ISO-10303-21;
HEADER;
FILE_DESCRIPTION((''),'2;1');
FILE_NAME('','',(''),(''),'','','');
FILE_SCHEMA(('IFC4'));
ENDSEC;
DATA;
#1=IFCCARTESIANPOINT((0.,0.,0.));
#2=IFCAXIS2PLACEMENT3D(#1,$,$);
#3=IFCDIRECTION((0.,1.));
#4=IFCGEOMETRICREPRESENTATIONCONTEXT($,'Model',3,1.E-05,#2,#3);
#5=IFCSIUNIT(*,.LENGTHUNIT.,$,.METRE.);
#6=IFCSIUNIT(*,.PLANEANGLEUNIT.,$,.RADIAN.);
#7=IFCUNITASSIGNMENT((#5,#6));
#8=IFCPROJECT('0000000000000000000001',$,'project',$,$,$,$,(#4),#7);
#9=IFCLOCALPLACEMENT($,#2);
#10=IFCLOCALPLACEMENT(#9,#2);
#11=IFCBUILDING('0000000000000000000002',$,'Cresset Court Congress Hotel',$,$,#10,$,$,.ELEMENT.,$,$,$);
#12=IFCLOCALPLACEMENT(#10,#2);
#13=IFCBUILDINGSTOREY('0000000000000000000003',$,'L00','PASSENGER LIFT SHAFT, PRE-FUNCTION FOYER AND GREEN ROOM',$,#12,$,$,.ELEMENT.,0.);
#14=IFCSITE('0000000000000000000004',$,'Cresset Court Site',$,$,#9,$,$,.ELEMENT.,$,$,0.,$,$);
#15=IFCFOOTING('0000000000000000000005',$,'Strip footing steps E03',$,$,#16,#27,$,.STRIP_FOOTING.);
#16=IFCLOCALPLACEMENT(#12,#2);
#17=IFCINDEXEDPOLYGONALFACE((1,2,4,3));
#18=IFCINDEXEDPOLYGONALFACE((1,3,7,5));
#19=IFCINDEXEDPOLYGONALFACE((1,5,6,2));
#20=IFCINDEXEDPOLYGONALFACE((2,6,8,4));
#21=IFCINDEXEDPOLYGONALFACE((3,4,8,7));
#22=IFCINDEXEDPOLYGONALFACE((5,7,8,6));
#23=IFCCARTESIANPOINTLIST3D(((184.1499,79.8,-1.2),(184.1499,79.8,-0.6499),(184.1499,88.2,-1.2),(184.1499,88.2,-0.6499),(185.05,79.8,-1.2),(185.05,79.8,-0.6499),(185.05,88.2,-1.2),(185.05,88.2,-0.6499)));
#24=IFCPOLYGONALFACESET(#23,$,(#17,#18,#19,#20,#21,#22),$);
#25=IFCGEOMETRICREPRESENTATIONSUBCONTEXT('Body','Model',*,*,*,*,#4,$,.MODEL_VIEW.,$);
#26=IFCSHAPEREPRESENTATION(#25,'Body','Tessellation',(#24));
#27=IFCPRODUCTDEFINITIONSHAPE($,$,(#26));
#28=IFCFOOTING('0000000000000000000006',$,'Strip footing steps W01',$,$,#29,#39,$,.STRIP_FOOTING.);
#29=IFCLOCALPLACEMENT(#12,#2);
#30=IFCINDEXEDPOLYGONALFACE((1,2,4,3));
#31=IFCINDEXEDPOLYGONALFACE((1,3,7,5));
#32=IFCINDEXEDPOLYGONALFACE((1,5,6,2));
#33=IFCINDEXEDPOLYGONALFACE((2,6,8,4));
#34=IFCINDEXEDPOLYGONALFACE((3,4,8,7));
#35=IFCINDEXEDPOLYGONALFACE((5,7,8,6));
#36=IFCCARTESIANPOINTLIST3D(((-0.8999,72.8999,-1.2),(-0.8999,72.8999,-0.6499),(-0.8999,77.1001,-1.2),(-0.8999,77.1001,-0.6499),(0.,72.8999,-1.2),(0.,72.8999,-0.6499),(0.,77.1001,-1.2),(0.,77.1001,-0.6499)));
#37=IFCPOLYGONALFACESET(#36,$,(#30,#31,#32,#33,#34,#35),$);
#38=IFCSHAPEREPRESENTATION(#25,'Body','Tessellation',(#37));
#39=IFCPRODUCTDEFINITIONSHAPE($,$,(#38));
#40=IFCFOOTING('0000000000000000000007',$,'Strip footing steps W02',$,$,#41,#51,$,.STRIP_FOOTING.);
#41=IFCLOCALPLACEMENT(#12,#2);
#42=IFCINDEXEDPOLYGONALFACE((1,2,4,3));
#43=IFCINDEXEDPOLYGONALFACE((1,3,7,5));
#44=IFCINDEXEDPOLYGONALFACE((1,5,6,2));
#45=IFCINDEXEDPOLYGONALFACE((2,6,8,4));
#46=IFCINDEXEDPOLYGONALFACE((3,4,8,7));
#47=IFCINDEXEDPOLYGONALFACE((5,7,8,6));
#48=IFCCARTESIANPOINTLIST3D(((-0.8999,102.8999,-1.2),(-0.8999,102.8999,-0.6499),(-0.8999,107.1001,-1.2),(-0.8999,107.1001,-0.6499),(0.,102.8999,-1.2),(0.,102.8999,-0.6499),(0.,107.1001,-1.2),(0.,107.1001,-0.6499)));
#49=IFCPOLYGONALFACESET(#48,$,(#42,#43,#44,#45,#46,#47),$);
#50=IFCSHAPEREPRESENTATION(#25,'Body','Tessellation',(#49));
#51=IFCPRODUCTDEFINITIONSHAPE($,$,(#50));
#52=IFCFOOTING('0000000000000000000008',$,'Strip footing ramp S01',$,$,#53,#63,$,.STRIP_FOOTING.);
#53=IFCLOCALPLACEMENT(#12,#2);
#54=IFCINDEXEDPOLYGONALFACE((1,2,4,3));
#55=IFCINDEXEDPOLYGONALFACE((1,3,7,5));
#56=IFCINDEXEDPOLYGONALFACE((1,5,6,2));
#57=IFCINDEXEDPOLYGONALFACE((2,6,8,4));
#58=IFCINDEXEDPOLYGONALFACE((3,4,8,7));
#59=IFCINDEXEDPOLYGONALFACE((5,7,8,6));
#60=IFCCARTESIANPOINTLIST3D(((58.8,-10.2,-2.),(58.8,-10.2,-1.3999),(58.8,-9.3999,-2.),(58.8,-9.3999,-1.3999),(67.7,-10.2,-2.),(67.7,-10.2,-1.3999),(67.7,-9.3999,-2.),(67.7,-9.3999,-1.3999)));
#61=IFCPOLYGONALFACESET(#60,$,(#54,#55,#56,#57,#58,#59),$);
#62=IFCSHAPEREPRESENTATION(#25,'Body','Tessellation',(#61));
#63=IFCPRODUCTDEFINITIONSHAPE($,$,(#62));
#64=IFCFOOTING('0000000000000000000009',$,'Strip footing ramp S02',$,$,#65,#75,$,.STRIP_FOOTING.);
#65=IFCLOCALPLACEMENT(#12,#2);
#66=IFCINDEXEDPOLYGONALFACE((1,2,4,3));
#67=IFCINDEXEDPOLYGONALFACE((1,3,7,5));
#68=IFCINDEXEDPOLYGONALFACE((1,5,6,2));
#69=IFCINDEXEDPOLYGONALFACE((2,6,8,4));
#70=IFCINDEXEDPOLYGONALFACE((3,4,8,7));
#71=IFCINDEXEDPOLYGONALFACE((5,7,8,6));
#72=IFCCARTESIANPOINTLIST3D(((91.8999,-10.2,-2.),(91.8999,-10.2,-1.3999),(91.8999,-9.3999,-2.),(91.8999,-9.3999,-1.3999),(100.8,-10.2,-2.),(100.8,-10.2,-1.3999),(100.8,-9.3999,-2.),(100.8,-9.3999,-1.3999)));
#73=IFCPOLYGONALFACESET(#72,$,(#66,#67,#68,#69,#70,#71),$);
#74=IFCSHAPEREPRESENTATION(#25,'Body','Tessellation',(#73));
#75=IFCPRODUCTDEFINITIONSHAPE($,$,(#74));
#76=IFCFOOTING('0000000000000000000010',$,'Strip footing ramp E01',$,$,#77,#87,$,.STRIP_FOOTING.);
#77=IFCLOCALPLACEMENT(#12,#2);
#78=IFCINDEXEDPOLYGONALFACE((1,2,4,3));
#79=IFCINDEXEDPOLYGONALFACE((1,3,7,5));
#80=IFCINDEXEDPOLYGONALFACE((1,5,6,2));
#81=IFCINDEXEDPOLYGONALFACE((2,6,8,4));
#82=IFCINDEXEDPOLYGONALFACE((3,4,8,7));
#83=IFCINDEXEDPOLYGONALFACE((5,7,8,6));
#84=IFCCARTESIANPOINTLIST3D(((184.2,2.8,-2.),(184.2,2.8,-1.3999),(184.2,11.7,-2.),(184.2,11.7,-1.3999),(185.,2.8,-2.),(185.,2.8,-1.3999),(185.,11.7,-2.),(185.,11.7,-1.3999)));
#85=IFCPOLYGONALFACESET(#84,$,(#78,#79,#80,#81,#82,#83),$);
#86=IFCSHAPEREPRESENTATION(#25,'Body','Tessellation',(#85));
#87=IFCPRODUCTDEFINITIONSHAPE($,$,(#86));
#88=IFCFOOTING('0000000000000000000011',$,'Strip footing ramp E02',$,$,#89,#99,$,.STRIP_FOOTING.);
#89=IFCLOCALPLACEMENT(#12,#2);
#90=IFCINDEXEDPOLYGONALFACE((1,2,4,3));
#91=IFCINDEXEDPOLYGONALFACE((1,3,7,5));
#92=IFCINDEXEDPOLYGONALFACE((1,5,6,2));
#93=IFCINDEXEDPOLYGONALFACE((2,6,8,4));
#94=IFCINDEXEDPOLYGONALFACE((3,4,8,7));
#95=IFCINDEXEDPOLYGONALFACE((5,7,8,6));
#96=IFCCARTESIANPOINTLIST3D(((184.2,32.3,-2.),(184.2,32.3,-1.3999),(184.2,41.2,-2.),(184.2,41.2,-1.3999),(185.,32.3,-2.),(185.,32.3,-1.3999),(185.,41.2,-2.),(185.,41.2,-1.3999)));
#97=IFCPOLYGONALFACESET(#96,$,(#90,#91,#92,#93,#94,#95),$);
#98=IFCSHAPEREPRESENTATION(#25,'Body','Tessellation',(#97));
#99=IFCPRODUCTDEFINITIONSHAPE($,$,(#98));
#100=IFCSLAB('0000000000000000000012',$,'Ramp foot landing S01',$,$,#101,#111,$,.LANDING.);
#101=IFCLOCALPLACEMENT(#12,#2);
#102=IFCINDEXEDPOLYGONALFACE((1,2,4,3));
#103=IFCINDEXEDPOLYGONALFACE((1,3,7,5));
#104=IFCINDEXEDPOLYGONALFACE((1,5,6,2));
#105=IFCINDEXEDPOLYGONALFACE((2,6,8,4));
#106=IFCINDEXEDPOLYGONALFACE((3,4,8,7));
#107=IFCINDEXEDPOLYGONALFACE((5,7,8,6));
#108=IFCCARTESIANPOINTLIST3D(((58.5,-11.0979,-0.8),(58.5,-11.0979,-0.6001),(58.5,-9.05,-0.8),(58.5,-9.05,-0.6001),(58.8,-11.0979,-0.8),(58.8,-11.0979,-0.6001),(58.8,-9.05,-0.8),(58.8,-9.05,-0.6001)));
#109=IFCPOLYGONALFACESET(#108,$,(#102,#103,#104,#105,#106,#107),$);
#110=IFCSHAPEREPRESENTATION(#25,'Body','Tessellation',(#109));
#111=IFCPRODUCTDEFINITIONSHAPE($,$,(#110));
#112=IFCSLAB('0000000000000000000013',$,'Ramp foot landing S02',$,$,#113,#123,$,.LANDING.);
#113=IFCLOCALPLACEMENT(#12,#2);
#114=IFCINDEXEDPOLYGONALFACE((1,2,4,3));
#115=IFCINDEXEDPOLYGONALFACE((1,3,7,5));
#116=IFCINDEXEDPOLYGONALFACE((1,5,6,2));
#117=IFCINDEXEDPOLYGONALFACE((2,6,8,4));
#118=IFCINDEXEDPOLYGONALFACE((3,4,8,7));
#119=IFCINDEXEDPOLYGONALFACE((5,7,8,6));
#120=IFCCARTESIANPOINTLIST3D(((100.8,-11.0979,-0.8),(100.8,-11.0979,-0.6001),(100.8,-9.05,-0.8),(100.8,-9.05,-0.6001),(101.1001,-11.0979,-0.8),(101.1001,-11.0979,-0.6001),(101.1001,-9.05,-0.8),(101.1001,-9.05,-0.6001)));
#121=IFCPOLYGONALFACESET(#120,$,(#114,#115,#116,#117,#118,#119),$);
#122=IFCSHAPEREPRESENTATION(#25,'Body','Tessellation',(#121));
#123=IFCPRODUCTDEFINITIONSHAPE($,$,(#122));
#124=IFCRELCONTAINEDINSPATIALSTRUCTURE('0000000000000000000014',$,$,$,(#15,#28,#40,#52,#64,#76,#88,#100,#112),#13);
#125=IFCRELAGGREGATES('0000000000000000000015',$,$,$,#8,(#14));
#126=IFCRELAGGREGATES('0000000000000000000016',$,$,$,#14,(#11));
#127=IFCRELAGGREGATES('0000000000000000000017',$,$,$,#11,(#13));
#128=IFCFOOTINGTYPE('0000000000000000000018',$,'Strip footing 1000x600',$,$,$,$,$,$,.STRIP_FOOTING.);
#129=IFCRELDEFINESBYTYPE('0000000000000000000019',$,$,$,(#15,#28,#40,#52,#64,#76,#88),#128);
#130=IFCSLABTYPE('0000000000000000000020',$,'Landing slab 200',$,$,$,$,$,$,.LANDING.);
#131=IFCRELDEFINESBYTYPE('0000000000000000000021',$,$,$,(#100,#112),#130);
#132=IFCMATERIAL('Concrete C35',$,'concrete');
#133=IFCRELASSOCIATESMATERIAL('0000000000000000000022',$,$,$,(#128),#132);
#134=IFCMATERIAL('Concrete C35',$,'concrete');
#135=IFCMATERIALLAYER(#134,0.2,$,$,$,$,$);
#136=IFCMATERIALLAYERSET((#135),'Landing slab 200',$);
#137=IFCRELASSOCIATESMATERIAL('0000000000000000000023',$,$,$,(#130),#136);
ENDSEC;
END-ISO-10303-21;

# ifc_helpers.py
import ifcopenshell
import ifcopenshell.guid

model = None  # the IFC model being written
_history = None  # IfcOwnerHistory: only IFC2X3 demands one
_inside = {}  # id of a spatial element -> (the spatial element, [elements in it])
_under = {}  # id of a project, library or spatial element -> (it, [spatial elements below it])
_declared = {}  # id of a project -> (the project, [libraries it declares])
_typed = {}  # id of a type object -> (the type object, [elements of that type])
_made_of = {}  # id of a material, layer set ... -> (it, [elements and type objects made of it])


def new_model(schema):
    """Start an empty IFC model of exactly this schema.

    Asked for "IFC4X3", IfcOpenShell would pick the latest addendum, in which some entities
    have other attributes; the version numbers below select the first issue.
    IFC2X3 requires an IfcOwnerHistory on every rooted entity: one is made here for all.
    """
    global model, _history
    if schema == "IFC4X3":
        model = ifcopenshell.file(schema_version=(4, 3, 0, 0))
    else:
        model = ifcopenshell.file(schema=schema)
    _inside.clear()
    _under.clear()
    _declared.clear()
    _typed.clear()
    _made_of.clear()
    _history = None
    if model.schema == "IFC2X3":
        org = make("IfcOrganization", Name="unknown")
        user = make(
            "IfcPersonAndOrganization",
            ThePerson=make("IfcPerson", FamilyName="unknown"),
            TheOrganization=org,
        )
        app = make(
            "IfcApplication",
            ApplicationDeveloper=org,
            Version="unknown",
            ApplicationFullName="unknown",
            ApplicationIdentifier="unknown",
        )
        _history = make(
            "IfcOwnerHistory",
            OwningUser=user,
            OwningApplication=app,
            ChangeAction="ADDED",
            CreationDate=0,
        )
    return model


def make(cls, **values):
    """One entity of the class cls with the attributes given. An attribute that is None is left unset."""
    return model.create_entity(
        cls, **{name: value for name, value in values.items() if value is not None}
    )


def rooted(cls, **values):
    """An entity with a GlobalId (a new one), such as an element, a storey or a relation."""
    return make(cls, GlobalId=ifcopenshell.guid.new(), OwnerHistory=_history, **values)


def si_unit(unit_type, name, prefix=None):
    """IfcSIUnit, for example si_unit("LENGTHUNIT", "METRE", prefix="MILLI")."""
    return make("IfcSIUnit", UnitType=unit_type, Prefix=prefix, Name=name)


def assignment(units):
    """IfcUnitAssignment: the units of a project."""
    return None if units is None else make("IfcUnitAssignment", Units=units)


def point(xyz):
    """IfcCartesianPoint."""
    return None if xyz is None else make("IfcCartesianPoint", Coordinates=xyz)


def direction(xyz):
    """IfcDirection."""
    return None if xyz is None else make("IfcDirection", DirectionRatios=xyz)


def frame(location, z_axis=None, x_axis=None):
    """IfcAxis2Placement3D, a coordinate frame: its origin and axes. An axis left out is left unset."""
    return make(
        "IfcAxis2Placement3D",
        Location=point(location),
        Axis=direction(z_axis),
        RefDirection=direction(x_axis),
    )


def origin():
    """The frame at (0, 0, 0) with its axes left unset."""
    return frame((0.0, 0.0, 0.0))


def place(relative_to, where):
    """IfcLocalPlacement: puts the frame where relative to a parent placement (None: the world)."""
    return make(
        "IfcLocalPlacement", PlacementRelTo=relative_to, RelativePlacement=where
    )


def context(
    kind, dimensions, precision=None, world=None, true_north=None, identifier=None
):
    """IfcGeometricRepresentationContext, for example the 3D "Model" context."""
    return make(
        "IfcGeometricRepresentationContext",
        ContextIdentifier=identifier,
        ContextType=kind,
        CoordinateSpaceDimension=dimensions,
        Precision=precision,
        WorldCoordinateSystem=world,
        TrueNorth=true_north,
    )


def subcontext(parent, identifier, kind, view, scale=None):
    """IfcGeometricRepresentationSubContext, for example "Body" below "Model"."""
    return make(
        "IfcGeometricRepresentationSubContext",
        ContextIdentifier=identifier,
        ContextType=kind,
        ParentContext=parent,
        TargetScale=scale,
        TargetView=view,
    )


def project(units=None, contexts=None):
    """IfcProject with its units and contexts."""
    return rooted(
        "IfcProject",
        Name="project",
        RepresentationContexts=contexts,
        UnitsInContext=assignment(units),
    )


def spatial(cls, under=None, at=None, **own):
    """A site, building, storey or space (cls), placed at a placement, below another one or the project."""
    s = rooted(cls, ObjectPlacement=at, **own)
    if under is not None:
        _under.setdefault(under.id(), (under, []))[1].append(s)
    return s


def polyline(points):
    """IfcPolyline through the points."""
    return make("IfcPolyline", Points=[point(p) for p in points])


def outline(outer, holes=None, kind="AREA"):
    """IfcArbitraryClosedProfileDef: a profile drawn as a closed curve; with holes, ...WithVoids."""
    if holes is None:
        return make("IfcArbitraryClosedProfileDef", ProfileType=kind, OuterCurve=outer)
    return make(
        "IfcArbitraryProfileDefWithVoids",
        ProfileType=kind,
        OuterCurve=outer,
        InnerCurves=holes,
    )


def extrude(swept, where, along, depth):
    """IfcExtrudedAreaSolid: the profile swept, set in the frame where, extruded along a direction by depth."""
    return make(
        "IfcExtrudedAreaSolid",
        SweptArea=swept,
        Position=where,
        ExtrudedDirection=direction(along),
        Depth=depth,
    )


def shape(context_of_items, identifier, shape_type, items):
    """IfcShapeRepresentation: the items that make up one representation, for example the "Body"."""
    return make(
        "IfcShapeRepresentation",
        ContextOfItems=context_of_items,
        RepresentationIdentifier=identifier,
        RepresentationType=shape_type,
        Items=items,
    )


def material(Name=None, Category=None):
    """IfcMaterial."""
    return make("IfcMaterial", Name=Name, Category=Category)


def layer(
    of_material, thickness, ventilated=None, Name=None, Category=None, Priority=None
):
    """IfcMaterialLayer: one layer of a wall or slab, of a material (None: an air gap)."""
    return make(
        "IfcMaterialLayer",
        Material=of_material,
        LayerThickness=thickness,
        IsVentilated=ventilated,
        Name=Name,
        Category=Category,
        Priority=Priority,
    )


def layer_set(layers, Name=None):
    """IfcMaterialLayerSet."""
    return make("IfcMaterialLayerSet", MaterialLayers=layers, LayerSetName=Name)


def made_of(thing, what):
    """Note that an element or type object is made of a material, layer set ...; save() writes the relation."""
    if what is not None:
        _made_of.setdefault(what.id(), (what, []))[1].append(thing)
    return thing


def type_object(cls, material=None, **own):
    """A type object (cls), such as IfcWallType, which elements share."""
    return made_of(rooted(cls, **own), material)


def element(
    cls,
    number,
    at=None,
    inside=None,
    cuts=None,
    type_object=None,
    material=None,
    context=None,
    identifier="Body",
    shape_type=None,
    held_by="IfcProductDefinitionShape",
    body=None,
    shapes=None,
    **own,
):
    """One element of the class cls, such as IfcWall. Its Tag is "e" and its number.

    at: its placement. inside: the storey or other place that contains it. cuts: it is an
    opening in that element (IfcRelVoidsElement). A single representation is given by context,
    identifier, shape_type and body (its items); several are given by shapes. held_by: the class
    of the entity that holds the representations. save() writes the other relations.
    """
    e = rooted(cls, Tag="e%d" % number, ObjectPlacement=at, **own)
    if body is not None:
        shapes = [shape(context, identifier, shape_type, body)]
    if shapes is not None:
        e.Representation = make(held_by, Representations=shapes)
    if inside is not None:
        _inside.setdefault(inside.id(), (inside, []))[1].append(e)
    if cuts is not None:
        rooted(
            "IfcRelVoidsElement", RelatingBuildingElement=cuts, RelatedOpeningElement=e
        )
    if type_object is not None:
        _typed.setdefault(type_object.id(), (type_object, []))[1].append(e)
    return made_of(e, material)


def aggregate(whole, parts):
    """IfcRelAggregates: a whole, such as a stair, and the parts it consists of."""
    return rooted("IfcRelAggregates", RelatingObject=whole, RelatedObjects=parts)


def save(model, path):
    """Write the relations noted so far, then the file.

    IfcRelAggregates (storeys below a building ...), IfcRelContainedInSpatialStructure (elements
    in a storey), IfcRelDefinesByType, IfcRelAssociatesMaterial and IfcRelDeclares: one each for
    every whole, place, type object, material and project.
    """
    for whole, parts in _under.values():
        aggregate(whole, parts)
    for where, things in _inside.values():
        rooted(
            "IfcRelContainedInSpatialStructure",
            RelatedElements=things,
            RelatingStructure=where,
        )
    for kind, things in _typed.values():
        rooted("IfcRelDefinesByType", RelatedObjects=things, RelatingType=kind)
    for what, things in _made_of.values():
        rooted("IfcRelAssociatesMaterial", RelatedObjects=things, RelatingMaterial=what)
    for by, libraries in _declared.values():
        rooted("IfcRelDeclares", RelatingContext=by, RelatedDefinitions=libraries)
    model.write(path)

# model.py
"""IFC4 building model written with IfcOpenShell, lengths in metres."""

from ifc_helpers import new_model, si_unit, direction, frame, origin, place, context, subcontext, project, spatial, polyline, outline, extrude, material, layer, layer_set, type_object, element, save


model = new_model("IFC4")

# Units and contexts
model_context = context("Model", 3, precision=1e-05, world=origin(), true_north=direction((0.0, 1.0)))
body_context = subcontext(model_context, "Body", "Model", "MODEL_VIEW")
ifc_project = project(units=[si_unit("LENGTHUNIT", "METRE"), si_unit("PLANEANGLEUNIT", "RADIAN")], contexts=[model_context])

# Site, building, storey
site_placement = place(None, origin())
site = spatial("IfcSite", under=ifc_project, at=site_placement, Name="Cresset Court Site", CompositionType="ELEMENT", RefElevation=0.0)
building_placement = place(site_placement, origin())
building = spatial("IfcBuilding", under=site, at=building_placement, Name="Cresset Court Congress Hotel", CompositionType="ELEMENT")
storey_placement = place(building_placement, origin())
storey = spatial("IfcBuildingStorey", under=building, at=storey_placement, Name="L00", Description="PASSENGER LIFT SHAFT, PRE-FUNCTION FOYER AND GREEN ROOM", CompositionType="ELEMENT", Elevation=0.0)

# Footings
ifc_material_1 = material(Name="Concrete C35", Category="concrete")
footing_type = type_object("IfcFootingType", Name="Strip footing 1000x600", PredefinedType="STRIP_FOOTING", material=ifc_material_1)
footing_1_placement = place(storey_placement, frame((0.0, 0.0, -1.2)))
element("IfcFooting", 1, at=footing_1_placement, inside=storey, type_object=footing_type, Name="Strip footing steps E03", PredefinedType="STRIP_FOOTING", context=body_context, shape_type="SweptSolid", body=[
    extrude(outline(polyline([(184.1499, 79.8), (184.1499, 88.2), (185.05, 88.2), (185.05, 79.8), (184.1499, 79.8)])), origin(), (0.0, 0.0, 1.0), 0.55),
])
footing_2_placement = place(storey_placement, frame((0.0, 0.0, -1.2)))
element("IfcFooting", 2, at=footing_2_placement, inside=storey, type_object=footing_type, Name="Strip footing steps W01", PredefinedType="STRIP_FOOTING", context=body_context, shape_type="SweptSolid", body=[
    extrude(outline(polyline([(-0.8999, 72.8999), (-0.8999, 77.1001), (0.0, 77.1001), (0.0, 72.8999), (-0.8999, 72.8999)])), origin(), (0.0, 0.0, 1.0), 0.55),
])
footing_3_placement = place(storey_placement, frame((0.0, 0.0, -1.2)))
element("IfcFooting", 3, at=footing_3_placement, inside=storey, type_object=footing_type, Name="Strip footing steps W02", PredefinedType="STRIP_FOOTING", context=body_context, shape_type="SweptSolid", body=[
    extrude(outline(polyline([(-0.8999, 102.8999), (-0.8999, 107.1001), (0.0, 107.1001), (0.0, 102.8999), (-0.8999, 102.8999)])), origin(), (0.0, 0.0, 1.0), 0.55),
])
footing_4_placement = place(storey_placement, frame((0.0, 0.0, -2.0)))
element("IfcFooting", 4, at=footing_4_placement, inside=storey, type_object=footing_type, Name="Strip footing ramp S01", PredefinedType="STRIP_FOOTING", context=body_context, shape_type="SweptSolid", body=[
    extrude(outline(polyline([(58.8, -9.3999), (67.7, -9.3999), (67.7, -10.2), (58.8, -10.2), (58.8, -9.3999)])), origin(), (0.0, 0.0, 1.0), 0.6001),
])
footing_5_placement = place(storey_placement, frame((0.0, 0.0, -2.0)))
element("IfcFooting", 5, at=footing_5_placement, inside=storey, type_object=footing_type, Name="Strip footing ramp S02", PredefinedType="STRIP_FOOTING", context=body_context, shape_type="SweptSolid", body=[
    extrude(outline(polyline([(100.8, -10.2), (91.8999, -10.2), (91.8999, -9.3999), (100.8, -9.3999), (100.8, -10.2)])), origin(), (0.0, 0.0, 1.0), 0.6001),
])
footing_6_placement = place(storey_placement, frame((0.0, 0.0, -2.0)))
element("IfcFooting", 6, at=footing_6_placement, inside=storey, type_object=footing_type, Name="Strip footing ramp E01", PredefinedType="STRIP_FOOTING", context=body_context, shape_type="SweptSolid", body=[
    extrude(outline(polyline([(184.2, 2.8), (184.2, 11.7), (185.0, 11.7), (185.0, 2.8), (184.2, 2.8)])), origin(), (0.0, 0.0, 1.0), 0.6001),
])
footing_7_placement = place(storey_placement, frame((0.0, 0.0, -2.0)))
element("IfcFooting", 7, at=footing_7_placement, inside=storey, type_object=footing_type, Name="Strip footing ramp E02", PredefinedType="STRIP_FOOTING", context=body_context, shape_type="SweptSolid", body=[
    extrude(outline(polyline([(185.0, 41.2), (185.0, 32.3), (184.2, 32.3), (184.2, 41.2), (185.0, 41.2)])), origin(), (0.0, 0.0, 1.0), 0.6001),
])

# Slabs
ifc_material_2 = material(Name="Concrete C35", Category="concrete")
ifc_layer = layer(ifc_material_2, 0.2)
ifc_layer_set = layer_set([ifc_layer], Name="Landing slab 200")
slab_type = type_object("IfcSlabType", Name="Landing slab 200", PredefinedType="LANDING", material=ifc_layer_set)
slab_1_placement = place(storey_placement, frame((0.0, 0.0, -0.8)))
element("IfcSlab", 8, at=slab_1_placement, inside=storey, type_object=slab_type, Name="Ramp foot landing S01", PredefinedType="LANDING", context=body_context, shape_type="SweptSolid", body=[
    extrude(outline(polyline([(58.5, -11.0979), (58.8, -11.0979), (58.8, -9.05), (58.5, -9.05), (58.5, -11.0979)])), origin(), (0.0, 0.0, 1.0), 0.2),
])
slab_2_placement = place(storey_placement, frame((0.0, 0.0, -0.8)))
element("IfcSlab", 9, at=slab_2_placement, inside=storey, type_object=slab_type, Name="Ramp foot landing S02", PredefinedType="LANDING", context=body_context, shape_type="SweptSolid", body=[
    extrude(outline(polyline([(100.8, -11.0979), (101.1001, -11.0979), (101.1001, -9.05), (100.8, -9.05), (100.8, -11.0979)])), origin(), (0.0, 0.0, 1.0), 0.2),
])

save(model, "model.ifc")
